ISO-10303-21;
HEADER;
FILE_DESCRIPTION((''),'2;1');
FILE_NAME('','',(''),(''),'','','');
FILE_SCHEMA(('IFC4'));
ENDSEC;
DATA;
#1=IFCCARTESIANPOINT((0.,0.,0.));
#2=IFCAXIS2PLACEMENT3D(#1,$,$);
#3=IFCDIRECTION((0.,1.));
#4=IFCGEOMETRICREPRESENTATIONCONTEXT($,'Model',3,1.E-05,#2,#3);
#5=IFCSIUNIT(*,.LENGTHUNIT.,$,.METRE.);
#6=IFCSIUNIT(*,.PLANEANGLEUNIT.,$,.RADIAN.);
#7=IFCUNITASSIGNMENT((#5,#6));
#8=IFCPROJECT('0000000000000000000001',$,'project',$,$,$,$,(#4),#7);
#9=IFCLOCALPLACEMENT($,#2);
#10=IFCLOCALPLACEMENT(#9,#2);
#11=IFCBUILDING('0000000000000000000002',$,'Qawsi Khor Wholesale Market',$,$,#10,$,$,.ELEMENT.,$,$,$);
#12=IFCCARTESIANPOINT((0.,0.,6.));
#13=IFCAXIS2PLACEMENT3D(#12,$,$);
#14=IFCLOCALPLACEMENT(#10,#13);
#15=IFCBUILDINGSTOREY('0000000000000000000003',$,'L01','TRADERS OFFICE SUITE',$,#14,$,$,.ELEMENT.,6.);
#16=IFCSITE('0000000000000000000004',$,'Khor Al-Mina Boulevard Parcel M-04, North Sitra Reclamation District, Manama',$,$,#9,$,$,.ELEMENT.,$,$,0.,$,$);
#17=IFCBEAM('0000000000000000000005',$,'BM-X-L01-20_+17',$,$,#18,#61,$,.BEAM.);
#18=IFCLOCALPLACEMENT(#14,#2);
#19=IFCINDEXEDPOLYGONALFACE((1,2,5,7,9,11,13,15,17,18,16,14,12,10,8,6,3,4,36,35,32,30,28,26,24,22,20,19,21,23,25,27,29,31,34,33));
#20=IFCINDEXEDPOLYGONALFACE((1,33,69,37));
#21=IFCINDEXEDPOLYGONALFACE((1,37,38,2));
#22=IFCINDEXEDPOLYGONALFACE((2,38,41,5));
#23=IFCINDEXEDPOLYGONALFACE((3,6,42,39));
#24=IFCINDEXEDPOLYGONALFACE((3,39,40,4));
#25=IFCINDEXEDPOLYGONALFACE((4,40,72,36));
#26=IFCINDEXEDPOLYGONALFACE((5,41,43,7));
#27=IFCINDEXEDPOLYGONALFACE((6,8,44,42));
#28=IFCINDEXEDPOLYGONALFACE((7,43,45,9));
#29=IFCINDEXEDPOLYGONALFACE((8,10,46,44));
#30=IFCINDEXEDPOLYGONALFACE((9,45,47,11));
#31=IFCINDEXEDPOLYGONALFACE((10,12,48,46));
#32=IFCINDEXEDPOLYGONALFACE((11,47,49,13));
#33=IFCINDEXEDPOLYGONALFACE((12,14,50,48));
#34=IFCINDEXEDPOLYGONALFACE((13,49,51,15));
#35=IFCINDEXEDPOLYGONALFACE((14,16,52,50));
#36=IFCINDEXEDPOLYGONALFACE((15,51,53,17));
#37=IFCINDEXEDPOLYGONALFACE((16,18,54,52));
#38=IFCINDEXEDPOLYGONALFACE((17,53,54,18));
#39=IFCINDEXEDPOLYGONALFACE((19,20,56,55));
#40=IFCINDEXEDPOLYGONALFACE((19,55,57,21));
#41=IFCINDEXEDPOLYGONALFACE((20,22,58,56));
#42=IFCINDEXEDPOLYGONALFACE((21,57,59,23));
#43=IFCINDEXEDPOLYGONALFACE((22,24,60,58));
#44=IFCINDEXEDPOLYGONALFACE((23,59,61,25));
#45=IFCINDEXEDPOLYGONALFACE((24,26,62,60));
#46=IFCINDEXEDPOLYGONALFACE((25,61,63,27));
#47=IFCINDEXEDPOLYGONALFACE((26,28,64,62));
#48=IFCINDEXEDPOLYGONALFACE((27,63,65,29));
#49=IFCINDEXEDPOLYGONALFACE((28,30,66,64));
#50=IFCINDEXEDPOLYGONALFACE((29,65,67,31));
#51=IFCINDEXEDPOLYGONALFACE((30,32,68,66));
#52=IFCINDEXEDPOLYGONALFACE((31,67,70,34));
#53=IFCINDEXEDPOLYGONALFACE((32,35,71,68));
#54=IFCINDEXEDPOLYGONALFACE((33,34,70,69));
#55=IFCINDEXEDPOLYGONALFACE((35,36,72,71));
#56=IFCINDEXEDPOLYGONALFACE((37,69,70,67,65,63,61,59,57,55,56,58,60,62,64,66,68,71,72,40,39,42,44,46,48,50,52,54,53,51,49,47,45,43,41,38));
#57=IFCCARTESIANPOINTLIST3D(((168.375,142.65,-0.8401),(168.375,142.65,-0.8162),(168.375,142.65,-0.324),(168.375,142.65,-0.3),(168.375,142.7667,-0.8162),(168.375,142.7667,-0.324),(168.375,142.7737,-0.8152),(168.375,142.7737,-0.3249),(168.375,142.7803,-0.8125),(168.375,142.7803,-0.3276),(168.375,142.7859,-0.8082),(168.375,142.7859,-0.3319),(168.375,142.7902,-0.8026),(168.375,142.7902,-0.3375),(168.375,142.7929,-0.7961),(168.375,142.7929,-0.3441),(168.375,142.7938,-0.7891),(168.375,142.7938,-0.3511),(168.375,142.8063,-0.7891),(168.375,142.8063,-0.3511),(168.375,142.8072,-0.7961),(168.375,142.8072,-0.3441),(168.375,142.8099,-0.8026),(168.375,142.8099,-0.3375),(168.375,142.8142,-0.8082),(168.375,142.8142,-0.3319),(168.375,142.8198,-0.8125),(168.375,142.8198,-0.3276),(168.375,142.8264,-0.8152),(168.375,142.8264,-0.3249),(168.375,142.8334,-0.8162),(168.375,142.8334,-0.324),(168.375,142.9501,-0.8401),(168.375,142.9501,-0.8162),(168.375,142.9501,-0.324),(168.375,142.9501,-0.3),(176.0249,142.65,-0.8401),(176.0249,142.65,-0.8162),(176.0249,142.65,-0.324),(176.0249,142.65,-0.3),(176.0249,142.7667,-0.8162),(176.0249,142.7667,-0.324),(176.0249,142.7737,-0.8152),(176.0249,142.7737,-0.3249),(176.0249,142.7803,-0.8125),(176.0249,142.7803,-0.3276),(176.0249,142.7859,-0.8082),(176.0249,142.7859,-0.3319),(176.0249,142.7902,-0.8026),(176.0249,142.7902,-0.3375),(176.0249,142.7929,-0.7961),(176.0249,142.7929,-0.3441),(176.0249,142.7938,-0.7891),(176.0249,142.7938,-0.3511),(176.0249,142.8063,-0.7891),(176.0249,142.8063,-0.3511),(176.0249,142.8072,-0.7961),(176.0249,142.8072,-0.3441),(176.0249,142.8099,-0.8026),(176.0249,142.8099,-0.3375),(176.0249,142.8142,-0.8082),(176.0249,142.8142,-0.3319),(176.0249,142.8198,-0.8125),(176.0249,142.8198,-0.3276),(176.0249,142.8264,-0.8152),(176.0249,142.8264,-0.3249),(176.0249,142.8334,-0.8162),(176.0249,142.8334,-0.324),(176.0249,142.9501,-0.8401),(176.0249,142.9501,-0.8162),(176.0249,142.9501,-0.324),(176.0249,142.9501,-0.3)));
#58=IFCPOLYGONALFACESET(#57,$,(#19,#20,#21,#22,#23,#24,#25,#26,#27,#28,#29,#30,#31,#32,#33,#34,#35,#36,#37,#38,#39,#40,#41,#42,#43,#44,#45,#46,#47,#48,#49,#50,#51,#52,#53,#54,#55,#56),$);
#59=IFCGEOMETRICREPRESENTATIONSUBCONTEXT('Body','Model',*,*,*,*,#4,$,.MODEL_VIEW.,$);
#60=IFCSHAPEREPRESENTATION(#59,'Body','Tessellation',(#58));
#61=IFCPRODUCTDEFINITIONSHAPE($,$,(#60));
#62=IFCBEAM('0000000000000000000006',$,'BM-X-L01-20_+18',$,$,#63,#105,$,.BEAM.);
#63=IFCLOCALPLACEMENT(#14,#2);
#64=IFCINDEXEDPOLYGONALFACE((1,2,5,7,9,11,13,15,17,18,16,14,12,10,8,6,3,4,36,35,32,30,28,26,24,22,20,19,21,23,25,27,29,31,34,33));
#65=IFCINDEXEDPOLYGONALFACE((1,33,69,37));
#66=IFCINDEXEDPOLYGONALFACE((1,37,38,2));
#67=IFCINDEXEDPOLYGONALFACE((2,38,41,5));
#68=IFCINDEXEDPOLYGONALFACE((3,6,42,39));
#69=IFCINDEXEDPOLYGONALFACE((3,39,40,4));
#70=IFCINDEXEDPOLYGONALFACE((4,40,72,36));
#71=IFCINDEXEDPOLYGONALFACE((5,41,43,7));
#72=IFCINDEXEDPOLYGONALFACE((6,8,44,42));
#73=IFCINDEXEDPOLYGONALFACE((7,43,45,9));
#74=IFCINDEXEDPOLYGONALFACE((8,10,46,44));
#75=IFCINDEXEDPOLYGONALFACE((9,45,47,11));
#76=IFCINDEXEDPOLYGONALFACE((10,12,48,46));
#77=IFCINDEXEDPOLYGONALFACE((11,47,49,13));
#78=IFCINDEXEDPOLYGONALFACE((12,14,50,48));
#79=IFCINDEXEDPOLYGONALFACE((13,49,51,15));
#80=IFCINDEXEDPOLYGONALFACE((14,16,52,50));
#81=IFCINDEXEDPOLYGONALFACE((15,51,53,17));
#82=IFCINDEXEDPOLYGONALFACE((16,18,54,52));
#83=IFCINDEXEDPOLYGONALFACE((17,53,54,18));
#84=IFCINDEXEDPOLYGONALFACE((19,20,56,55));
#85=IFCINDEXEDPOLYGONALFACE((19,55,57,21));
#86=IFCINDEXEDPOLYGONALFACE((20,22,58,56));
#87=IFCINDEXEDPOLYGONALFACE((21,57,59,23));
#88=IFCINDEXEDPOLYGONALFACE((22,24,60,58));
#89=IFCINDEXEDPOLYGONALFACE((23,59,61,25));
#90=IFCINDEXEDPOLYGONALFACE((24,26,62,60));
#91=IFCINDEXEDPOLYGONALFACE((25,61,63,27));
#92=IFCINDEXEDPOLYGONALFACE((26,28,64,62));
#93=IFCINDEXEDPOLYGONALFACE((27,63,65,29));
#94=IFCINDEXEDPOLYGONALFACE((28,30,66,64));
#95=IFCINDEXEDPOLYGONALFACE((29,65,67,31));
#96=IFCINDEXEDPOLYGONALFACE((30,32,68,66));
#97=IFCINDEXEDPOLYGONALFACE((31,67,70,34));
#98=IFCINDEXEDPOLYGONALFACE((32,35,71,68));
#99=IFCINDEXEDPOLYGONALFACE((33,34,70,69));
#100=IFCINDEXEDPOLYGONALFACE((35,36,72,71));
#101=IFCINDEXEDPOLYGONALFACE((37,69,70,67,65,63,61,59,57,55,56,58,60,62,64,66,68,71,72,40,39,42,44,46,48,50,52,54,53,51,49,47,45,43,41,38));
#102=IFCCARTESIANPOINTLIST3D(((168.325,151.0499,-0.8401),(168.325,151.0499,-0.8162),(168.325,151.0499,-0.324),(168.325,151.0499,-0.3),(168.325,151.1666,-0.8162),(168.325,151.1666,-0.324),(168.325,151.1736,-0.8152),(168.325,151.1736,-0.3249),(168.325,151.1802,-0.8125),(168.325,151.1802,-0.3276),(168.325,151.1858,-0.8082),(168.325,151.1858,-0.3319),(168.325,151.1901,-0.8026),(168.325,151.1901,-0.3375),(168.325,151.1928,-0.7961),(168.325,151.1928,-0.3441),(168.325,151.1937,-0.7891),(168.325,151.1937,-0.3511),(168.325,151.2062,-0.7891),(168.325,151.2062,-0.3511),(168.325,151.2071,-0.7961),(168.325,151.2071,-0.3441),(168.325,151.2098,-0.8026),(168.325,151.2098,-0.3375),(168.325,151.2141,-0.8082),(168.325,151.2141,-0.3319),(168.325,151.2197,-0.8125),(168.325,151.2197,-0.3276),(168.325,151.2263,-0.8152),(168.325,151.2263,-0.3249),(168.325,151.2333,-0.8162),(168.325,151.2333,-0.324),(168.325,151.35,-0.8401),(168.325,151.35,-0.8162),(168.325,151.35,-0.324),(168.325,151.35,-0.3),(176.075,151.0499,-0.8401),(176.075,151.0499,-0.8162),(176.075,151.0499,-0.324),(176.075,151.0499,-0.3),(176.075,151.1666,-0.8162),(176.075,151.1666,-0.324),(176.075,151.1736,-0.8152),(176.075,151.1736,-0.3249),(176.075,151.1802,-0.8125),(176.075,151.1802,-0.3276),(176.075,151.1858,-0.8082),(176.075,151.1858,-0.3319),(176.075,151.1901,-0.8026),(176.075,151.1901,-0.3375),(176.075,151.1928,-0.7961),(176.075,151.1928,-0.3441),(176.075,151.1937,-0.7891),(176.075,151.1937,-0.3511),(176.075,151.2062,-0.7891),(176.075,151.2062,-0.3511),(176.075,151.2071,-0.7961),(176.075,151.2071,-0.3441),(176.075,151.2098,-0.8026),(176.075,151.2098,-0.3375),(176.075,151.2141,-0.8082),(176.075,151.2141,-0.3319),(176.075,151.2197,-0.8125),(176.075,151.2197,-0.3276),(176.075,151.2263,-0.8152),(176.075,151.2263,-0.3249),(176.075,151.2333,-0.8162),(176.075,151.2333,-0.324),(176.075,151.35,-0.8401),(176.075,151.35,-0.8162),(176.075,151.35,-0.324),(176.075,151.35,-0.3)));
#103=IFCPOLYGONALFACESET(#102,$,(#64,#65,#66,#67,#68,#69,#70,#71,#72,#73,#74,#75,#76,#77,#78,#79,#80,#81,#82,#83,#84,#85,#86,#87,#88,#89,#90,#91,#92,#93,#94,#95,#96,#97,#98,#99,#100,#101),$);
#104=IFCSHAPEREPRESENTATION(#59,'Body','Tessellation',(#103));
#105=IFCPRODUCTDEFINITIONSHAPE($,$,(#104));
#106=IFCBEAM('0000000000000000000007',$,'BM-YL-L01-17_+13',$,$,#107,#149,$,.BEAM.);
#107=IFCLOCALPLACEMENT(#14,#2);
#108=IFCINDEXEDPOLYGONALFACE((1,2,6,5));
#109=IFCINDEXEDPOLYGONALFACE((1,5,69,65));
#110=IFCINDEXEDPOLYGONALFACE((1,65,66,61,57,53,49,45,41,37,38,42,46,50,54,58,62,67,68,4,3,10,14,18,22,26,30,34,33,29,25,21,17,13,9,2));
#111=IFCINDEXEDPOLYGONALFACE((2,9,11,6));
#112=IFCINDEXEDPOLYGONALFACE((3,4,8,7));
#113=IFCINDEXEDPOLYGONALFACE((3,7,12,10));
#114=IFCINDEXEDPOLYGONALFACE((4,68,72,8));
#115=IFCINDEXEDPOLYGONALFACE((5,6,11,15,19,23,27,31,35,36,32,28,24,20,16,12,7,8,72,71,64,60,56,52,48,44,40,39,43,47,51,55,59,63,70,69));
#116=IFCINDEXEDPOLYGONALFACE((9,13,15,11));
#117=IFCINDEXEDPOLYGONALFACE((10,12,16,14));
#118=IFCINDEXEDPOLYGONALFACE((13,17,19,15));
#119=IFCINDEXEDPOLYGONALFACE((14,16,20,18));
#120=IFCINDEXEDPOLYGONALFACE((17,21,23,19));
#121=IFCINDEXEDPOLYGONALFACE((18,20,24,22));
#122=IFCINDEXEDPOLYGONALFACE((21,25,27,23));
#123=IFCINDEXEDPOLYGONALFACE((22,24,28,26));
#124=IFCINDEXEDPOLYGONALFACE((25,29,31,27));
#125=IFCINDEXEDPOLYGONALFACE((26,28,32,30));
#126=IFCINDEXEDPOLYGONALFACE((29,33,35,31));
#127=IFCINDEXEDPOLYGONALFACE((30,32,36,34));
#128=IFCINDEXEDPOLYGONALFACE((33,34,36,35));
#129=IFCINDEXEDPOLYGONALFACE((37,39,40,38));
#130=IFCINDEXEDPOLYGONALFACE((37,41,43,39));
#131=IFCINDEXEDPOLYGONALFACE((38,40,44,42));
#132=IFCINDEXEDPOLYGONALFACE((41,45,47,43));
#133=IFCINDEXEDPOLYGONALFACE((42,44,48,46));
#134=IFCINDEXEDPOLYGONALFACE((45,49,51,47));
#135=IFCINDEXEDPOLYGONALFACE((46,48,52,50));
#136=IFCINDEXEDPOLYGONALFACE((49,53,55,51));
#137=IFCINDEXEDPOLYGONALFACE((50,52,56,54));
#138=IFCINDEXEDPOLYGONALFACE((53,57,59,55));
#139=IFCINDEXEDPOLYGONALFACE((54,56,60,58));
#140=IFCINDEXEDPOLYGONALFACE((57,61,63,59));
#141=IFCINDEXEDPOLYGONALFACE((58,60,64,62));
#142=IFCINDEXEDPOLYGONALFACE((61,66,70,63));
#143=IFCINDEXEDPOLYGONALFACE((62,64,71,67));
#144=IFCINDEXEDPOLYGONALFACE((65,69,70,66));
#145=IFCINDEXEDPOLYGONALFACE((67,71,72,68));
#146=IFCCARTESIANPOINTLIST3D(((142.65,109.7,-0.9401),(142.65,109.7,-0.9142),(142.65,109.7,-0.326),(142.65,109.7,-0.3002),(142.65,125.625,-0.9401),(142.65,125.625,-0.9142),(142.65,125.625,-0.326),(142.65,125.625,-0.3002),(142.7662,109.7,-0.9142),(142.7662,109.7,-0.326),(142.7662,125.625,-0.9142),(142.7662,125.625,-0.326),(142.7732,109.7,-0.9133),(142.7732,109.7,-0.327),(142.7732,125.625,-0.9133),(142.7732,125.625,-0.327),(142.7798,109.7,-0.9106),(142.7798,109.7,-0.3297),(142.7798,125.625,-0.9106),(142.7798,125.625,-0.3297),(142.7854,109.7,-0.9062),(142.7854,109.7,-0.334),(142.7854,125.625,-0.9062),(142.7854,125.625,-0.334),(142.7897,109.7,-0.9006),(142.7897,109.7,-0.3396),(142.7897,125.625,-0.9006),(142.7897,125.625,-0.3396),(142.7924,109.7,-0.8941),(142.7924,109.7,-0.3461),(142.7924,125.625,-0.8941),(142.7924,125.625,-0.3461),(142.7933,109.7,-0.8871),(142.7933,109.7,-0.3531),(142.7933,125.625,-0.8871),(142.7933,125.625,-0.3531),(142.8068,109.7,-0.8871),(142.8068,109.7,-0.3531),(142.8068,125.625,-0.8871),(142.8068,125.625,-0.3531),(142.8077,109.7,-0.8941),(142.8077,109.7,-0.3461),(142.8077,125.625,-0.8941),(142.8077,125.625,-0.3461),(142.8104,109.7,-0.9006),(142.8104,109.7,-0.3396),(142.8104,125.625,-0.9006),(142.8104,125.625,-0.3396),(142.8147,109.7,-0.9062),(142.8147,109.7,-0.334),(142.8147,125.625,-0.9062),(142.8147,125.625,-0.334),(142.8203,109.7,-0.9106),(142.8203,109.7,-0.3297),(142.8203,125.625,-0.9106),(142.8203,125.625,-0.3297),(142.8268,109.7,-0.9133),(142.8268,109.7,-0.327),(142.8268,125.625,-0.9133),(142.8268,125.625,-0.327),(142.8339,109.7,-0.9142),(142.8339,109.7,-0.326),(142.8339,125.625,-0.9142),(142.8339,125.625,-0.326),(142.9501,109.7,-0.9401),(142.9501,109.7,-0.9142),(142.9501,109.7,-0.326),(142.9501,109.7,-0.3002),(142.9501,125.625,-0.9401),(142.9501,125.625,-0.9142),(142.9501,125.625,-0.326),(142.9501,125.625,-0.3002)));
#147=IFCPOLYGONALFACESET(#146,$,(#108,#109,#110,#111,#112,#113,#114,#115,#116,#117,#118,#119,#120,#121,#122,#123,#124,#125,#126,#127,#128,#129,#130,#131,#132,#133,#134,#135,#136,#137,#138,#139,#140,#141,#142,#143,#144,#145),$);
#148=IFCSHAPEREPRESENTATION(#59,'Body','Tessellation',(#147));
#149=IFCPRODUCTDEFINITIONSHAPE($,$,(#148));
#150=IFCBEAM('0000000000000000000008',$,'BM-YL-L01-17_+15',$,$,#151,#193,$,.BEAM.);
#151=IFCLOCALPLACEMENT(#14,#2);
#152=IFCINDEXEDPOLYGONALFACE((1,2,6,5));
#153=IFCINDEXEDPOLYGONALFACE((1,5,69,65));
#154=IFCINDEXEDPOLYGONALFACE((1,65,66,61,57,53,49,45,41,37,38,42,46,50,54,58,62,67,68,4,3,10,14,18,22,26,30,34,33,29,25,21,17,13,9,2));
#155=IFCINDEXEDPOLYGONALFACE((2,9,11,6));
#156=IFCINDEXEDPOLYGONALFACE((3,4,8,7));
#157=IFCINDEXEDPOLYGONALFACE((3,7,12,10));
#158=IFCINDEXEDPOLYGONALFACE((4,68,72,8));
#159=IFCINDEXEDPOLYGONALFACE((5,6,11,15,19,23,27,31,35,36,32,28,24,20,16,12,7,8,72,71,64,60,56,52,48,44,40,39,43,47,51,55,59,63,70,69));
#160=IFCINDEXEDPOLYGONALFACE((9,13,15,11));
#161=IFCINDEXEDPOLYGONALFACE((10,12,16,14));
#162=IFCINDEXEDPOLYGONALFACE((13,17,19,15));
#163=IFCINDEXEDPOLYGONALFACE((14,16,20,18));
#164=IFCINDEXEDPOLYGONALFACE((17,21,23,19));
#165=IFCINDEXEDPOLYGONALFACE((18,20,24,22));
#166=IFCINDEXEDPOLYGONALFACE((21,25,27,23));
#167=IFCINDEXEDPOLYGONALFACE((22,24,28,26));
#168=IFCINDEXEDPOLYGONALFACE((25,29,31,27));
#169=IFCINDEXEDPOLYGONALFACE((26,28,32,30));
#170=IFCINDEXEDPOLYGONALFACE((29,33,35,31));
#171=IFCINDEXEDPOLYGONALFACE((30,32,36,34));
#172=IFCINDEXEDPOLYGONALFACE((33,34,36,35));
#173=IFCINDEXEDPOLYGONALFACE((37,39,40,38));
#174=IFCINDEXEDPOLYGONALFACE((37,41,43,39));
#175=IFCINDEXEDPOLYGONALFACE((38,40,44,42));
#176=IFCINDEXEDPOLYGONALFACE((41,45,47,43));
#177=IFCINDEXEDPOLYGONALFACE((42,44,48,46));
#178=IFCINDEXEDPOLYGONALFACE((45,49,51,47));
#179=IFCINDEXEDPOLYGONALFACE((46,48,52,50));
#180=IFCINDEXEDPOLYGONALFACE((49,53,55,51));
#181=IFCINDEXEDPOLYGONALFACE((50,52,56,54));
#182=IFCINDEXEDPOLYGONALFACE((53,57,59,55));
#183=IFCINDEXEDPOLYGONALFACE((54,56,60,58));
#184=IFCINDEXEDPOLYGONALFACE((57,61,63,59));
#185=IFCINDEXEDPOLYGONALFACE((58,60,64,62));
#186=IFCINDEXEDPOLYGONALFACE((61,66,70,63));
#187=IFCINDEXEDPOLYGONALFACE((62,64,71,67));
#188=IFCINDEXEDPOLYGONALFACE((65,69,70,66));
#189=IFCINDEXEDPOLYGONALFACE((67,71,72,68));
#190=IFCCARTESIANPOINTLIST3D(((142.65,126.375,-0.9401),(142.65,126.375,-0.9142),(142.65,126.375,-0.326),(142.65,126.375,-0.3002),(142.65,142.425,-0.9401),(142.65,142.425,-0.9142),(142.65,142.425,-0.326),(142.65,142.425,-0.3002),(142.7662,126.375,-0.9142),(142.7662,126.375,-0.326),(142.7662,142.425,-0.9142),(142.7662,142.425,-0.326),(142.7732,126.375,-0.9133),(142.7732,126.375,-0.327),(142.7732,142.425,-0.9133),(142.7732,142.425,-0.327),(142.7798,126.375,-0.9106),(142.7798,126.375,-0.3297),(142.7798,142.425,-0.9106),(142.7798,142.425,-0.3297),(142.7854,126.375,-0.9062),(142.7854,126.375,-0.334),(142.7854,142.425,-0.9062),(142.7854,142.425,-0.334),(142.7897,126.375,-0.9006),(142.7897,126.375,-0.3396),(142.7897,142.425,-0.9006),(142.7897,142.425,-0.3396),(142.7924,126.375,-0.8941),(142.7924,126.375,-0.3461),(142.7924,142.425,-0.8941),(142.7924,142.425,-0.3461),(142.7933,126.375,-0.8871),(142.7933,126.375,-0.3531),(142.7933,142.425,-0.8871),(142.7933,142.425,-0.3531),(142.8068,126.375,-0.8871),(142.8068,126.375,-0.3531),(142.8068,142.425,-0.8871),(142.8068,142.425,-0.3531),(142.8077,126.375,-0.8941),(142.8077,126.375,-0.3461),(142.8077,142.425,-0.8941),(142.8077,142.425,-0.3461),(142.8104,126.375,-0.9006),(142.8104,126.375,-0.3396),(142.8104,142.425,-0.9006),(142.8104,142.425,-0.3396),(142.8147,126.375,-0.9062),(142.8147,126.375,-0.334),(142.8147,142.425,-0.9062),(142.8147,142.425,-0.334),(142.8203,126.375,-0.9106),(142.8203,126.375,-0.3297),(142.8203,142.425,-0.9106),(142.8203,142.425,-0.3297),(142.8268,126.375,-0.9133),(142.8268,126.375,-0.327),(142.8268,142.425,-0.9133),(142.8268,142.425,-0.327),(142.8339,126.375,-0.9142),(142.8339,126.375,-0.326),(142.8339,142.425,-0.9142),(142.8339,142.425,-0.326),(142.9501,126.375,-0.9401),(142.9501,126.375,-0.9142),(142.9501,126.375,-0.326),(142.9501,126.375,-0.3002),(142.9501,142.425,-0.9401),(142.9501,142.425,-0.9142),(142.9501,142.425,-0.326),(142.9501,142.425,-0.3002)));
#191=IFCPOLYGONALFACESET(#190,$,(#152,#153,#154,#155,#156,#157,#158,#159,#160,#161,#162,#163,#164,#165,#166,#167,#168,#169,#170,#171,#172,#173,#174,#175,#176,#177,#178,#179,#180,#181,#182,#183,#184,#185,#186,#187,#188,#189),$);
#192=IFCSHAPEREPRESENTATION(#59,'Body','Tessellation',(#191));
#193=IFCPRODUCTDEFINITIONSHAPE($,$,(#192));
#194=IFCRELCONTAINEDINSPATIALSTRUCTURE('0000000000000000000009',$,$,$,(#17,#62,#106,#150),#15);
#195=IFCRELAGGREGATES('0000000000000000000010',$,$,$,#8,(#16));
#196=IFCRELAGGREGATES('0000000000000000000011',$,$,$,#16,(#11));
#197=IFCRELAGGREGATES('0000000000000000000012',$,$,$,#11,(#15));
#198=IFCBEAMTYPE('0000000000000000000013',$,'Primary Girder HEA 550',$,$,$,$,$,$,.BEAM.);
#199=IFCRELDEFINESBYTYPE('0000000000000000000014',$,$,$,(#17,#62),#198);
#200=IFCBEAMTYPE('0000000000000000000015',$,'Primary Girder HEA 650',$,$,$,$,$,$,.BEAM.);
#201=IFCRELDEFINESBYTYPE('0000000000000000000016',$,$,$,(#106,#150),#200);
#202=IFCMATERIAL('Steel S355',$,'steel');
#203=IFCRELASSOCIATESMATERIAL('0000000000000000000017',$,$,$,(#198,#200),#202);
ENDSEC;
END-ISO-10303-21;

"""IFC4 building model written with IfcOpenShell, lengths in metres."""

from ifc_helpers import new_model, si_unit, direction, frame, origin, origin_2d, place, context, subcontext, project, spatial, i_section, extrude, material, material_profile, profile_set, type_object, element, save


model = new_model("IFC4")

# Units and contexts
model_context = context("Model", 3, precision=1e-05, world=origin(), true_north=direction((0.0, 1.0)))
body_context = subcontext(model_context, "Body", "Model", "MODEL_VIEW")
ifc_project = project(units=[si_unit("LENGTHUNIT", "METRE"), si_unit("PLANEANGLEUNIT", "RADIAN")], contexts=[model_context])

# Site, building, storey
site_placement = place(None, origin())
site = spatial("IfcSite", under=ifc_project, at=site_placement, Name="Khor Al-Mina Boulevard Parcel M-04, North Sitra Reclamation District, Manama", CompositionType="ELEMENT", RefElevation=0.0)
building_placement = place(site_placement, origin())
building = spatial("IfcBuilding", under=site, at=building_placement, Name="Qawsi Khor Wholesale Market", CompositionType="ELEMENT")
storey_placement = place(building_placement, frame((0.0, 0.0, 6.0)))
storey = spatial("IfcBuildingStorey", under=building, at=storey_placement, Name="L01", Description="TRADERS OFFICE SUITE", CompositionType="ELEMENT", Elevation=6.0)

# Beams
ifc_material_1 = material(Name="Steel S355", Category="steel")
ifc_material_profile_1 = material_profile(ifc_material_1, i_section(OverallWidth=0.3, OverallDepth=0.54, WebThickness=0.0125, FlangeThickness=0.0239, FilletRadius=0.0271, at=origin_2d()), Name="HEA 550")
ifc_profile_set_1 = profile_set([ifc_material_profile_1], Name="Steel S355")
beam_type_1 = type_object("IfcBeamType", Name="Primary Girder HEA 550", PredefinedType="BEAM", material=ifc_profile_set_1)
for number, where, z_axis, x_axis, name in (
    (1, (168.375, 142.8, -0.5701), (1.0, 0.0, 0.0), (0.0, 1.0, 0.0), "BM-X-L01-20_+17"),
):
    element("IfcBeam", number, at=place(storey_placement, frame(where, z_axis=z_axis, x_axis=x_axis)), inside=storey, type_object=beam_type_1, Name=name, PredefinedType="BEAM", context=body_context, shape_type="SweptSolid", body=[
        extrude(i_section(OverallWidth=0.3, OverallDepth=0.54, WebThickness=0.0125, FlangeThickness=0.0239, FilletRadius=0.0271, at=origin_2d()), origin(), (0.0, 0.0, 1.0), 7.6499),
    ])
beam_1_placement = place(storey_placement, frame((168.325, 151.2, -0.5701), z_axis=(1.0, 0.0, 0.0), x_axis=(0.0, 1.0, 0.0)))
element("IfcBeam", 2, at=beam_1_placement, inside=storey, type_object=beam_type_1, Name="BM-X-L01-20_+18", PredefinedType="BEAM", context=body_context, shape_type="SweptSolid", body=[
    extrude(i_section(OverallWidth=0.3, OverallDepth=0.54, WebThickness=0.0125, FlangeThickness=0.0239, FilletRadius=0.0271, at=origin_2d()), origin(), (0.0, 0.0, 1.0), 7.75),
])
ifc_material_profile_2 = material_profile(ifc_material_1, i_section(OverallWidth=0.3, OverallDepth=0.6399, WebThickness=0.0134, FlangeThickness=0.0259, FilletRadius=0.0271, at=origin_2d()), Name="HEA 650")
ifc_profile_set_2 = profile_set([ifc_material_profile_2], Name="Steel S355")
beam_type_2 = type_object("IfcBeamType", Name="Primary Girder HEA 650", PredefinedType="BEAM", material=ifc_profile_set_2)
beam_2_placement = place(storey_placement, frame((142.8, 109.7, -0.6201), z_axis=(0.0, 1.0, 0.0), x_axis=(-1.0, 0.0, 0.0)))
element("IfcBeam", 3, at=beam_2_placement, inside=storey, type_object=beam_type_2, Name="BM-YL-L01-17_+13", PredefinedType="BEAM", context=body_context, shape_type="SweptSolid", body=[
    extrude(i_section(OverallWidth=0.3, OverallDepth=0.6399, WebThickness=0.0134, FlangeThickness=0.0259, FilletRadius=0.0271, at=origin_2d()), origin(), (0.0, 0.0, 1.0), 15.925),
])
for number, where, z_axis, x_axis, name in (
    (4, (142.8, 126.375, -0.6201), (0.0, 1.0, 0.0), (-1.0, 0.0, 0.0), "BM-YL-L01-17_+15"),
):
    element("IfcBeam", number, at=place(storey_placement, frame(where, z_axis=z_axis, x_axis=x_axis)), inside=storey, type_object=beam_type_2, Name=name, PredefinedType="BEAM", context=body_context, shape_type="SweptSolid", body=[
        extrude(i_section(OverallWidth=0.3, OverallDepth=0.6399, WebThickness=0.0134, FlangeThickness=0.0259, FilletRadius=0.0271, at=origin_2d()), origin(), (0.0, 0.0, 1.0), 16.05),
    ])

save(model, "model.ifc")
